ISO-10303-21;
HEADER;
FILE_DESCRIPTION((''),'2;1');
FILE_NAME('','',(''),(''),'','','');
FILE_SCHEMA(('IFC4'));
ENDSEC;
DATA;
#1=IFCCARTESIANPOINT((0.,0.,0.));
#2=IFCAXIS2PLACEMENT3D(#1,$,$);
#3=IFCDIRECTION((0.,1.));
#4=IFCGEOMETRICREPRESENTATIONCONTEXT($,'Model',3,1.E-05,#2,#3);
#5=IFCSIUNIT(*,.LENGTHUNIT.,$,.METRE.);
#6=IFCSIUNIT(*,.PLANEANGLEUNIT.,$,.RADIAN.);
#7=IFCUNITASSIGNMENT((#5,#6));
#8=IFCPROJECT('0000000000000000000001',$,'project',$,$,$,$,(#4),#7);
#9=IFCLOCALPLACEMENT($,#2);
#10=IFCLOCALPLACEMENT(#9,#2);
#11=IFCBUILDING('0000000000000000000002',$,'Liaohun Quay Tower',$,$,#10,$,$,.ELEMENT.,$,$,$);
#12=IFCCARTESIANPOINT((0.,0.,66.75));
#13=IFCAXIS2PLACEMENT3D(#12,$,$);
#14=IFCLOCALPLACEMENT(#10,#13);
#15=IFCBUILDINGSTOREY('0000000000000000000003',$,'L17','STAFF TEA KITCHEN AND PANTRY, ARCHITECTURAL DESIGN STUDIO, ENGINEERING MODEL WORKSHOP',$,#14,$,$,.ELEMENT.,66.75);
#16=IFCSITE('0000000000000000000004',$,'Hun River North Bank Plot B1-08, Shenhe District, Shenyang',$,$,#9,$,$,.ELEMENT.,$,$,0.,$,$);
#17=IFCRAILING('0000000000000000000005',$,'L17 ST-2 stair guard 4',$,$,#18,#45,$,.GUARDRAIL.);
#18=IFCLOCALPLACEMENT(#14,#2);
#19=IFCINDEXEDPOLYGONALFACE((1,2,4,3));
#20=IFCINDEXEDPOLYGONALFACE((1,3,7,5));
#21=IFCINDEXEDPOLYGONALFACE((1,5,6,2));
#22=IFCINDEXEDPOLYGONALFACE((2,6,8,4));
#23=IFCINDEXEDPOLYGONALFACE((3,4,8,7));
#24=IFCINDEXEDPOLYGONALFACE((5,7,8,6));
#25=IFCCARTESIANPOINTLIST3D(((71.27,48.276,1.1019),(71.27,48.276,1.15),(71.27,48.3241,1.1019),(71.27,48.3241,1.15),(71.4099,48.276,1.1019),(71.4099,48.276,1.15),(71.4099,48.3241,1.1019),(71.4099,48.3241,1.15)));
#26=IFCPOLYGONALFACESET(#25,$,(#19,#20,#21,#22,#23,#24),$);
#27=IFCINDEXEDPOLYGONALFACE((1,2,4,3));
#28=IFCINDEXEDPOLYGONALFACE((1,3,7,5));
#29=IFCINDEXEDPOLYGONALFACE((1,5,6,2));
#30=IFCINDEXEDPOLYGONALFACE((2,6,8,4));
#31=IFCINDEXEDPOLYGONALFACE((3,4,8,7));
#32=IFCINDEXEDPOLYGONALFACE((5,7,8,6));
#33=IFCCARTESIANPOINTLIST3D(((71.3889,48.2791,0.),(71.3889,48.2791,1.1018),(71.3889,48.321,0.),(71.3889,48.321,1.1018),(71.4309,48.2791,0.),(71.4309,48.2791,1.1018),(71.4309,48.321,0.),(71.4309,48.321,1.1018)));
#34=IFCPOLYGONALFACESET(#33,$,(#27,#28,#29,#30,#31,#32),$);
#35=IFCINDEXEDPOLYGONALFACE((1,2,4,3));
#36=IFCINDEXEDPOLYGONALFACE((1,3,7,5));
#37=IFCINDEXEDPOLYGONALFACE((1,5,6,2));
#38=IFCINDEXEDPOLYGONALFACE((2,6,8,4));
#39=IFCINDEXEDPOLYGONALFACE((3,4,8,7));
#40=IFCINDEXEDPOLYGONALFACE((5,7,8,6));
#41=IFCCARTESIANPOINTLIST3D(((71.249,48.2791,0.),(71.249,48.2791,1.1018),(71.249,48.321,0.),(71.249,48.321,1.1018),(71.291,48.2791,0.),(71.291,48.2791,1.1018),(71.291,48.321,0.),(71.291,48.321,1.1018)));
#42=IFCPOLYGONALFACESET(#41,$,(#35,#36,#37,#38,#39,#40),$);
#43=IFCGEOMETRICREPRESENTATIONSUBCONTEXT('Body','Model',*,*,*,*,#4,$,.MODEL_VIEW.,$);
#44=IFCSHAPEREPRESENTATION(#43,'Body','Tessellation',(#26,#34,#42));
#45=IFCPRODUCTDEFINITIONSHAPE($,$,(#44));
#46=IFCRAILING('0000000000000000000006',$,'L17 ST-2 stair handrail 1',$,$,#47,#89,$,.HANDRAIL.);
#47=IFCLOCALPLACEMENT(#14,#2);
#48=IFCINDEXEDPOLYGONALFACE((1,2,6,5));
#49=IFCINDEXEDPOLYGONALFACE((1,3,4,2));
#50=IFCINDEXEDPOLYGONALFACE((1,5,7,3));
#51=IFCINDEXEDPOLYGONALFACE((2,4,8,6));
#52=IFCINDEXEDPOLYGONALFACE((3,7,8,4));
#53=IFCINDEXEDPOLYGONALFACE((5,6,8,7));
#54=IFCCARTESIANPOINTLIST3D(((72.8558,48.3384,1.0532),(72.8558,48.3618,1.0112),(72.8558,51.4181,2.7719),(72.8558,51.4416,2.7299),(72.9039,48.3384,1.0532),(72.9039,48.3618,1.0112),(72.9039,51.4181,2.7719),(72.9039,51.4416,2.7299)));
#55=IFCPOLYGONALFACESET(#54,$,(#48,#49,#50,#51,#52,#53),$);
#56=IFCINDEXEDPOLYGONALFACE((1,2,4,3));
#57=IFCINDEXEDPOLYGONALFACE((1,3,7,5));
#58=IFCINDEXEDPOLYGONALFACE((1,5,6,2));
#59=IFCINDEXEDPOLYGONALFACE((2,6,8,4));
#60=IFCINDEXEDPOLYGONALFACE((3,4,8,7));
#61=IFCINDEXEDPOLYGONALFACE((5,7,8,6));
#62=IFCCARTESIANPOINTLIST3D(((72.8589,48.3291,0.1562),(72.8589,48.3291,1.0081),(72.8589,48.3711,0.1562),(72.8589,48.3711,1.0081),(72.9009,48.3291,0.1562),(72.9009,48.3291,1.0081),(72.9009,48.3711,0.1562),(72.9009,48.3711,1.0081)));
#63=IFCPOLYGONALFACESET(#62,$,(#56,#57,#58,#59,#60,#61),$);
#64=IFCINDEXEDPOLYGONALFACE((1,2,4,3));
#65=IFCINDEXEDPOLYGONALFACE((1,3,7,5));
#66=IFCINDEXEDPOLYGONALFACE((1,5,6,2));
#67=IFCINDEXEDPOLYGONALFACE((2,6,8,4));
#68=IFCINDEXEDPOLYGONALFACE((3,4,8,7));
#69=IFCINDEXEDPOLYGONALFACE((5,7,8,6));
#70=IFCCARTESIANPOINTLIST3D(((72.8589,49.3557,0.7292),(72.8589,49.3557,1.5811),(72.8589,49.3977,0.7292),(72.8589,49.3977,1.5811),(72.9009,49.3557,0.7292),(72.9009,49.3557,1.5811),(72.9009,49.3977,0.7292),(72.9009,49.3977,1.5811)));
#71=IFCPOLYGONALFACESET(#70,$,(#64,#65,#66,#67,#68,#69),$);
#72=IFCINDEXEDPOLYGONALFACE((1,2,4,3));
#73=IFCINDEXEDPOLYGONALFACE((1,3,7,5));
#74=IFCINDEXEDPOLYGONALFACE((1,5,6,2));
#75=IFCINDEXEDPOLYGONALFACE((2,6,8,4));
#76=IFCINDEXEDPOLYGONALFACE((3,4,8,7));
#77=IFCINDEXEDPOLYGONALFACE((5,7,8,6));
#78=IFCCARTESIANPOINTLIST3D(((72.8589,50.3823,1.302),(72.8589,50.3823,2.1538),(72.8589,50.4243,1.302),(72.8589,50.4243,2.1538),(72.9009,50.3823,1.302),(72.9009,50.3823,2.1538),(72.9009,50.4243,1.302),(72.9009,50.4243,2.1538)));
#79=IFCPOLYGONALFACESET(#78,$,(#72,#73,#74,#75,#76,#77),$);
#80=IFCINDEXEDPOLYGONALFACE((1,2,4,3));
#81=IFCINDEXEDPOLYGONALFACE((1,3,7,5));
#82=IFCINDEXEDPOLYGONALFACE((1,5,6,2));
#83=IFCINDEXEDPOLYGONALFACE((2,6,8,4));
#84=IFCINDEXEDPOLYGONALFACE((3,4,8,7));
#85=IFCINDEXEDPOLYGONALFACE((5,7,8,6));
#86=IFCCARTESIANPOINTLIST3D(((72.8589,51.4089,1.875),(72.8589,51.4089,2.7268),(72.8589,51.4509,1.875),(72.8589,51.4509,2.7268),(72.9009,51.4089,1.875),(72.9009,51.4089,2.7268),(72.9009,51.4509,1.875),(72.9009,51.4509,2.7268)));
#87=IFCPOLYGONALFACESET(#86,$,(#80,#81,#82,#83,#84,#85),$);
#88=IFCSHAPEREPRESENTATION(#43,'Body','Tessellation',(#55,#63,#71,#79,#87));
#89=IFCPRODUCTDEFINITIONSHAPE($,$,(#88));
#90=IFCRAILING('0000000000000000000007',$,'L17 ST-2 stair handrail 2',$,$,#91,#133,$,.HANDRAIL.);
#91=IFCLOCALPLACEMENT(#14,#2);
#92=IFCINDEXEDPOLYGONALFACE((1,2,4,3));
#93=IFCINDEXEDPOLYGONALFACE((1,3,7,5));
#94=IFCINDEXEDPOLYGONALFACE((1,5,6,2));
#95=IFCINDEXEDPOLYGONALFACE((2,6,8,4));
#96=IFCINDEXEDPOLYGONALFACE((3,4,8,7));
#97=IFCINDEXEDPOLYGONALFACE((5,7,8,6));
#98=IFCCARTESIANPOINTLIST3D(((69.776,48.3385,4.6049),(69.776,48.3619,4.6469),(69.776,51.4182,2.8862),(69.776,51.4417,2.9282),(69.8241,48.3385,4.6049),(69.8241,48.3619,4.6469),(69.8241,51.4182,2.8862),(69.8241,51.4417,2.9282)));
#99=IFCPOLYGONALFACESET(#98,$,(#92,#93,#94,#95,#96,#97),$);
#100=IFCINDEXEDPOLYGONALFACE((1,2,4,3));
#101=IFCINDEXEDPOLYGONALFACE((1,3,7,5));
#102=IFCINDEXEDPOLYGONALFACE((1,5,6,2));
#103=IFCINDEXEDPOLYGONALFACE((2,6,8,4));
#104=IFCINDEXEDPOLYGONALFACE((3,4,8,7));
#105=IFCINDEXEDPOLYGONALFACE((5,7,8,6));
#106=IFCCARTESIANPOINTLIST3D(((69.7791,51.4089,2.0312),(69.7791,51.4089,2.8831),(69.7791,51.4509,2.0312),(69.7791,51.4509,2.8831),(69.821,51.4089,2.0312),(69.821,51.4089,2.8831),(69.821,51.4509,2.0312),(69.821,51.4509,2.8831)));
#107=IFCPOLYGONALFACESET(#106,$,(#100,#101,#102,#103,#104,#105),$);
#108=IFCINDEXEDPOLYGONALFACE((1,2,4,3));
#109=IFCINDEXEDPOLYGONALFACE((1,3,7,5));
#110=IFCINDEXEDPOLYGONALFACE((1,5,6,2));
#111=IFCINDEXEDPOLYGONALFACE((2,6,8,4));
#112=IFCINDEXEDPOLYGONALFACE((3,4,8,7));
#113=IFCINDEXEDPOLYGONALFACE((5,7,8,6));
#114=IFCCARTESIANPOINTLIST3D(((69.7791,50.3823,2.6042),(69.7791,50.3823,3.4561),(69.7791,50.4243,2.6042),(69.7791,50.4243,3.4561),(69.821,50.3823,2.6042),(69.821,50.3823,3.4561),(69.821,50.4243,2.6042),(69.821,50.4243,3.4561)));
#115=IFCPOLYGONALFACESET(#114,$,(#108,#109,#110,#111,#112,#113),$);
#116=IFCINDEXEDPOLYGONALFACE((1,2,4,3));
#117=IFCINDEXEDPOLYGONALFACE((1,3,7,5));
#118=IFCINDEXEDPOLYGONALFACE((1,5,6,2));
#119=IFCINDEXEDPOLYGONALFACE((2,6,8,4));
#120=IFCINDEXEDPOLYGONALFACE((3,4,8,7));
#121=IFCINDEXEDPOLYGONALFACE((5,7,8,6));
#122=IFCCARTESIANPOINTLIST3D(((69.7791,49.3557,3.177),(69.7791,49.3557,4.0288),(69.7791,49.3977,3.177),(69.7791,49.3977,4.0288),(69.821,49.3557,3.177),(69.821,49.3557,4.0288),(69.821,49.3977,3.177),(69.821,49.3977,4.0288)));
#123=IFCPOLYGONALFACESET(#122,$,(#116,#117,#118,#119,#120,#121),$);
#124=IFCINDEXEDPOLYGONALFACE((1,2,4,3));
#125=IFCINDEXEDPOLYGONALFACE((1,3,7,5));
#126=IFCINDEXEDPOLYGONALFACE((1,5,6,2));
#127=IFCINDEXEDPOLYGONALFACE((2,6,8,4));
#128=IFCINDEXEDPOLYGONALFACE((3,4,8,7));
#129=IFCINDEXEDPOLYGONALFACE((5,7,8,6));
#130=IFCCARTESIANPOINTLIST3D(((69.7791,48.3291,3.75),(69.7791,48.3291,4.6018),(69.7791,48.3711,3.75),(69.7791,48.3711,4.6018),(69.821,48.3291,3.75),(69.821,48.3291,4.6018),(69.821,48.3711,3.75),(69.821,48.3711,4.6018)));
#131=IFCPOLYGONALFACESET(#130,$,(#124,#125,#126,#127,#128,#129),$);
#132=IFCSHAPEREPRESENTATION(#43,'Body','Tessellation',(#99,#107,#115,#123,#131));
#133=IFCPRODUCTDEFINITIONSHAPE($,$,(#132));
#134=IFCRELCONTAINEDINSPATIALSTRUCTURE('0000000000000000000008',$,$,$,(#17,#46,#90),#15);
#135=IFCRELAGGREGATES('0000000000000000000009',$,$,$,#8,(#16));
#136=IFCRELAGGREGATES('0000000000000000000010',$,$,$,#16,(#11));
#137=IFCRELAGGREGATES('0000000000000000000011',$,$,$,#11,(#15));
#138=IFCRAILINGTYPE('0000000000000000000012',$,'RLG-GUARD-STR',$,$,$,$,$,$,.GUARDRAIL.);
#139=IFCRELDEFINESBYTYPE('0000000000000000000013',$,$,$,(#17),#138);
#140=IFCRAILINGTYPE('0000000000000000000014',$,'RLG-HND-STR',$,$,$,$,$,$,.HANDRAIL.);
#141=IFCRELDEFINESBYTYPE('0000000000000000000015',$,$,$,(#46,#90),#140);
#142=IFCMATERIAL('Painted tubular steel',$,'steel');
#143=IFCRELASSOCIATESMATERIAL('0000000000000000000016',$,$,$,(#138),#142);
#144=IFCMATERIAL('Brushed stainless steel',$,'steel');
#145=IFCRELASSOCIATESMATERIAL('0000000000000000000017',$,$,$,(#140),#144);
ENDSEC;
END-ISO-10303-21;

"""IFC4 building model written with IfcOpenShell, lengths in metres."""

from ifc_helpers import new_model, si_unit, direction, frame, origin, origin_2d, place, context, subcontext, project, spatial, rectangle, extrude, material, type_object, element, save


model = new_model("IFC4")

# Units and contexts
model_context = context("Model", 3, precision=1e-05, world=origin(), true_north=direction((0.0, 1.0)))
body_context = subcontext(model_context, "Body", "Model", "MODEL_VIEW")
ifc_project = project(units=[si_unit("LENGTHUNIT", "METRE"), si_unit("PLANEANGLEUNIT", "RADIAN")], contexts=[model_context])

# Site, building, storey
site_placement = place(None, origin())
site = spatial("IfcSite", under=ifc_project, at=site_placement, Name="Hun River North Bank Plot B1-08, Shenhe District, Shenyang", CompositionType="ELEMENT", RefElevation=0.0)
building_placement = place(site_placement, origin())
building = spatial("IfcBuilding", under=site, at=building_placement, Name="Liaohun Quay Tower", CompositionType="ELEMENT")
storey_placement = place(building_placement, frame((0.0, 0.0, 66.75)))
storey = spatial("IfcBuildingStorey", under=building, at=storey_placement, Name="L17", Description="STAFF TEA KITCHEN AND PANTRY, ARCHITECTURAL DESIGN STUDIO, ENGINEERING MODEL WORKSHOP", CompositionType="ELEMENT", Elevation=66.75)

# Railings
ifc_material_1 = material(Name="Painted tubular steel", Category="steel")
railing_type_1 = type_object("IfcRailingType", Name="RLG-GUARD-STR", PredefinedType="GUARDRAIL", material=ifc_material_1)
railing_1_placement = place(storey_placement, frame((71.4099, 48.3, 0.0)))
element("IfcRailing", 1, at=railing_1_placement, inside=storey, type_object=railing_type_1, Name="L17 ST-2 stair guard 4", PredefinedType="GUARDRAIL", context=body_context, shape_type="SweptSolid", body=[
    extrude(rectangle(XDim=0.0481, YDim=0.0481, at=origin_2d()), frame((0.0, 0.0, 1.126), z_axis=(-1.0, 0.0, 0.0), x_axis=(0.0, -1.0, 0.0)), (0.0, 0.0, 1.0), 0.1399),
    extrude(rectangle(XDim=0.042, YDim=0.042, at=origin_2d()), origin(), (0.0, 0.0, 1.0), 1.1018),
    extrude(rectangle(XDim=0.042, YDim=0.042, at=origin_2d()), frame((-0.1399, 0.0, 0.0)), (0.0, 0.0, 1.0), 1.1018),
])
ifc_material_2 = material(Name="Brushed stainless steel", Category="steel")
railing_type_2 = type_object("IfcRailingType", Name="RLG-HND-STR", PredefinedType="HANDRAIL", material=ifc_material_2)
railing_2_placement = place(storey_placement, frame((72.8799, 48.3501, 0.1562)))
element("IfcRailing", 2, at=railing_2_placement, inside=storey, type_object=railing_type_2, Name="L17 ST-2 stair handrail 1", PredefinedType="HANDRAIL", context=body_context, shape_type="SweptSolid", body=[
    extrude(rectangle(XDim=0.0481, YDim=0.0481, at=origin_2d()), frame((0.0, 0.0, 0.876), z_axis=(0.0, 0.873225, 0.487317), x_axis=(-1.0, 0.0, 0.0)), (0.0, 0.0, 1.0), 3.5269),
    extrude(rectangle(XDim=0.042, YDim=0.042, at=origin_2d()), origin(), (0.0, 0.0, 1.0), 0.8518),
    extrude(rectangle(XDim=0.042, YDim=0.042, at=origin_2d()), frame((0.0, 1.0266, 0.573)), (0.0, 0.0, 1.0), 0.8518),
    extrude(rectangle(XDim=0.042, YDim=0.042, at=origin_2d()), frame((0.0, 2.0532, 1.1458)), (0.0, 0.0, 1.0), 0.8518),
    extrude(rectangle(XDim=0.042, YDim=0.042, at=origin_2d()), frame((0.0, 3.0798, 1.7188)), (0.0, 0.0, 1.0), 0.8518),
])
railing_3_placement = place(storey_placement, frame((69.8, 51.4299, 2.0312)))
element("IfcRailing", 3, at=railing_3_placement, inside=storey, type_object=railing_type_2, Name="L17 ST-2 stair handrail 2", PredefinedType="HANDRAIL", context=body_context, shape_type="SweptSolid", body=[
    extrude(rectangle(XDim=0.0481, YDim=0.0481, at=origin_2d()), frame((0.0, 0.0, 0.876), z_axis=(0.0, -0.873225, 0.487317), x_axis=(1.0, 0.0, 0.0)), (0.0, 0.0, 1.0), 3.5269),
    extrude(rectangle(XDim=0.042, YDim=0.042, at=origin_2d()), origin(), (0.0, 0.0, 1.0), 0.8518),
    extrude(rectangle(XDim=0.042, YDim=0.042, at=origin_2d()), frame((0.0, -1.0266, 0.573)), (0.0, 0.0, 1.0), 0.8518),
    extrude(rectangle(XDim=0.042, YDim=0.042, at=origin_2d()), frame((0.0, -2.0532, 1.1458)), (0.0, 0.0, 1.0), 0.8518),
    extrude(rectangle(XDim=0.042, YDim=0.042, at=origin_2d()), frame((0.0, -3.0798, 1.7188)), (0.0, 0.0, 1.0), 0.8518),
])

save(model, "model.ifc")
